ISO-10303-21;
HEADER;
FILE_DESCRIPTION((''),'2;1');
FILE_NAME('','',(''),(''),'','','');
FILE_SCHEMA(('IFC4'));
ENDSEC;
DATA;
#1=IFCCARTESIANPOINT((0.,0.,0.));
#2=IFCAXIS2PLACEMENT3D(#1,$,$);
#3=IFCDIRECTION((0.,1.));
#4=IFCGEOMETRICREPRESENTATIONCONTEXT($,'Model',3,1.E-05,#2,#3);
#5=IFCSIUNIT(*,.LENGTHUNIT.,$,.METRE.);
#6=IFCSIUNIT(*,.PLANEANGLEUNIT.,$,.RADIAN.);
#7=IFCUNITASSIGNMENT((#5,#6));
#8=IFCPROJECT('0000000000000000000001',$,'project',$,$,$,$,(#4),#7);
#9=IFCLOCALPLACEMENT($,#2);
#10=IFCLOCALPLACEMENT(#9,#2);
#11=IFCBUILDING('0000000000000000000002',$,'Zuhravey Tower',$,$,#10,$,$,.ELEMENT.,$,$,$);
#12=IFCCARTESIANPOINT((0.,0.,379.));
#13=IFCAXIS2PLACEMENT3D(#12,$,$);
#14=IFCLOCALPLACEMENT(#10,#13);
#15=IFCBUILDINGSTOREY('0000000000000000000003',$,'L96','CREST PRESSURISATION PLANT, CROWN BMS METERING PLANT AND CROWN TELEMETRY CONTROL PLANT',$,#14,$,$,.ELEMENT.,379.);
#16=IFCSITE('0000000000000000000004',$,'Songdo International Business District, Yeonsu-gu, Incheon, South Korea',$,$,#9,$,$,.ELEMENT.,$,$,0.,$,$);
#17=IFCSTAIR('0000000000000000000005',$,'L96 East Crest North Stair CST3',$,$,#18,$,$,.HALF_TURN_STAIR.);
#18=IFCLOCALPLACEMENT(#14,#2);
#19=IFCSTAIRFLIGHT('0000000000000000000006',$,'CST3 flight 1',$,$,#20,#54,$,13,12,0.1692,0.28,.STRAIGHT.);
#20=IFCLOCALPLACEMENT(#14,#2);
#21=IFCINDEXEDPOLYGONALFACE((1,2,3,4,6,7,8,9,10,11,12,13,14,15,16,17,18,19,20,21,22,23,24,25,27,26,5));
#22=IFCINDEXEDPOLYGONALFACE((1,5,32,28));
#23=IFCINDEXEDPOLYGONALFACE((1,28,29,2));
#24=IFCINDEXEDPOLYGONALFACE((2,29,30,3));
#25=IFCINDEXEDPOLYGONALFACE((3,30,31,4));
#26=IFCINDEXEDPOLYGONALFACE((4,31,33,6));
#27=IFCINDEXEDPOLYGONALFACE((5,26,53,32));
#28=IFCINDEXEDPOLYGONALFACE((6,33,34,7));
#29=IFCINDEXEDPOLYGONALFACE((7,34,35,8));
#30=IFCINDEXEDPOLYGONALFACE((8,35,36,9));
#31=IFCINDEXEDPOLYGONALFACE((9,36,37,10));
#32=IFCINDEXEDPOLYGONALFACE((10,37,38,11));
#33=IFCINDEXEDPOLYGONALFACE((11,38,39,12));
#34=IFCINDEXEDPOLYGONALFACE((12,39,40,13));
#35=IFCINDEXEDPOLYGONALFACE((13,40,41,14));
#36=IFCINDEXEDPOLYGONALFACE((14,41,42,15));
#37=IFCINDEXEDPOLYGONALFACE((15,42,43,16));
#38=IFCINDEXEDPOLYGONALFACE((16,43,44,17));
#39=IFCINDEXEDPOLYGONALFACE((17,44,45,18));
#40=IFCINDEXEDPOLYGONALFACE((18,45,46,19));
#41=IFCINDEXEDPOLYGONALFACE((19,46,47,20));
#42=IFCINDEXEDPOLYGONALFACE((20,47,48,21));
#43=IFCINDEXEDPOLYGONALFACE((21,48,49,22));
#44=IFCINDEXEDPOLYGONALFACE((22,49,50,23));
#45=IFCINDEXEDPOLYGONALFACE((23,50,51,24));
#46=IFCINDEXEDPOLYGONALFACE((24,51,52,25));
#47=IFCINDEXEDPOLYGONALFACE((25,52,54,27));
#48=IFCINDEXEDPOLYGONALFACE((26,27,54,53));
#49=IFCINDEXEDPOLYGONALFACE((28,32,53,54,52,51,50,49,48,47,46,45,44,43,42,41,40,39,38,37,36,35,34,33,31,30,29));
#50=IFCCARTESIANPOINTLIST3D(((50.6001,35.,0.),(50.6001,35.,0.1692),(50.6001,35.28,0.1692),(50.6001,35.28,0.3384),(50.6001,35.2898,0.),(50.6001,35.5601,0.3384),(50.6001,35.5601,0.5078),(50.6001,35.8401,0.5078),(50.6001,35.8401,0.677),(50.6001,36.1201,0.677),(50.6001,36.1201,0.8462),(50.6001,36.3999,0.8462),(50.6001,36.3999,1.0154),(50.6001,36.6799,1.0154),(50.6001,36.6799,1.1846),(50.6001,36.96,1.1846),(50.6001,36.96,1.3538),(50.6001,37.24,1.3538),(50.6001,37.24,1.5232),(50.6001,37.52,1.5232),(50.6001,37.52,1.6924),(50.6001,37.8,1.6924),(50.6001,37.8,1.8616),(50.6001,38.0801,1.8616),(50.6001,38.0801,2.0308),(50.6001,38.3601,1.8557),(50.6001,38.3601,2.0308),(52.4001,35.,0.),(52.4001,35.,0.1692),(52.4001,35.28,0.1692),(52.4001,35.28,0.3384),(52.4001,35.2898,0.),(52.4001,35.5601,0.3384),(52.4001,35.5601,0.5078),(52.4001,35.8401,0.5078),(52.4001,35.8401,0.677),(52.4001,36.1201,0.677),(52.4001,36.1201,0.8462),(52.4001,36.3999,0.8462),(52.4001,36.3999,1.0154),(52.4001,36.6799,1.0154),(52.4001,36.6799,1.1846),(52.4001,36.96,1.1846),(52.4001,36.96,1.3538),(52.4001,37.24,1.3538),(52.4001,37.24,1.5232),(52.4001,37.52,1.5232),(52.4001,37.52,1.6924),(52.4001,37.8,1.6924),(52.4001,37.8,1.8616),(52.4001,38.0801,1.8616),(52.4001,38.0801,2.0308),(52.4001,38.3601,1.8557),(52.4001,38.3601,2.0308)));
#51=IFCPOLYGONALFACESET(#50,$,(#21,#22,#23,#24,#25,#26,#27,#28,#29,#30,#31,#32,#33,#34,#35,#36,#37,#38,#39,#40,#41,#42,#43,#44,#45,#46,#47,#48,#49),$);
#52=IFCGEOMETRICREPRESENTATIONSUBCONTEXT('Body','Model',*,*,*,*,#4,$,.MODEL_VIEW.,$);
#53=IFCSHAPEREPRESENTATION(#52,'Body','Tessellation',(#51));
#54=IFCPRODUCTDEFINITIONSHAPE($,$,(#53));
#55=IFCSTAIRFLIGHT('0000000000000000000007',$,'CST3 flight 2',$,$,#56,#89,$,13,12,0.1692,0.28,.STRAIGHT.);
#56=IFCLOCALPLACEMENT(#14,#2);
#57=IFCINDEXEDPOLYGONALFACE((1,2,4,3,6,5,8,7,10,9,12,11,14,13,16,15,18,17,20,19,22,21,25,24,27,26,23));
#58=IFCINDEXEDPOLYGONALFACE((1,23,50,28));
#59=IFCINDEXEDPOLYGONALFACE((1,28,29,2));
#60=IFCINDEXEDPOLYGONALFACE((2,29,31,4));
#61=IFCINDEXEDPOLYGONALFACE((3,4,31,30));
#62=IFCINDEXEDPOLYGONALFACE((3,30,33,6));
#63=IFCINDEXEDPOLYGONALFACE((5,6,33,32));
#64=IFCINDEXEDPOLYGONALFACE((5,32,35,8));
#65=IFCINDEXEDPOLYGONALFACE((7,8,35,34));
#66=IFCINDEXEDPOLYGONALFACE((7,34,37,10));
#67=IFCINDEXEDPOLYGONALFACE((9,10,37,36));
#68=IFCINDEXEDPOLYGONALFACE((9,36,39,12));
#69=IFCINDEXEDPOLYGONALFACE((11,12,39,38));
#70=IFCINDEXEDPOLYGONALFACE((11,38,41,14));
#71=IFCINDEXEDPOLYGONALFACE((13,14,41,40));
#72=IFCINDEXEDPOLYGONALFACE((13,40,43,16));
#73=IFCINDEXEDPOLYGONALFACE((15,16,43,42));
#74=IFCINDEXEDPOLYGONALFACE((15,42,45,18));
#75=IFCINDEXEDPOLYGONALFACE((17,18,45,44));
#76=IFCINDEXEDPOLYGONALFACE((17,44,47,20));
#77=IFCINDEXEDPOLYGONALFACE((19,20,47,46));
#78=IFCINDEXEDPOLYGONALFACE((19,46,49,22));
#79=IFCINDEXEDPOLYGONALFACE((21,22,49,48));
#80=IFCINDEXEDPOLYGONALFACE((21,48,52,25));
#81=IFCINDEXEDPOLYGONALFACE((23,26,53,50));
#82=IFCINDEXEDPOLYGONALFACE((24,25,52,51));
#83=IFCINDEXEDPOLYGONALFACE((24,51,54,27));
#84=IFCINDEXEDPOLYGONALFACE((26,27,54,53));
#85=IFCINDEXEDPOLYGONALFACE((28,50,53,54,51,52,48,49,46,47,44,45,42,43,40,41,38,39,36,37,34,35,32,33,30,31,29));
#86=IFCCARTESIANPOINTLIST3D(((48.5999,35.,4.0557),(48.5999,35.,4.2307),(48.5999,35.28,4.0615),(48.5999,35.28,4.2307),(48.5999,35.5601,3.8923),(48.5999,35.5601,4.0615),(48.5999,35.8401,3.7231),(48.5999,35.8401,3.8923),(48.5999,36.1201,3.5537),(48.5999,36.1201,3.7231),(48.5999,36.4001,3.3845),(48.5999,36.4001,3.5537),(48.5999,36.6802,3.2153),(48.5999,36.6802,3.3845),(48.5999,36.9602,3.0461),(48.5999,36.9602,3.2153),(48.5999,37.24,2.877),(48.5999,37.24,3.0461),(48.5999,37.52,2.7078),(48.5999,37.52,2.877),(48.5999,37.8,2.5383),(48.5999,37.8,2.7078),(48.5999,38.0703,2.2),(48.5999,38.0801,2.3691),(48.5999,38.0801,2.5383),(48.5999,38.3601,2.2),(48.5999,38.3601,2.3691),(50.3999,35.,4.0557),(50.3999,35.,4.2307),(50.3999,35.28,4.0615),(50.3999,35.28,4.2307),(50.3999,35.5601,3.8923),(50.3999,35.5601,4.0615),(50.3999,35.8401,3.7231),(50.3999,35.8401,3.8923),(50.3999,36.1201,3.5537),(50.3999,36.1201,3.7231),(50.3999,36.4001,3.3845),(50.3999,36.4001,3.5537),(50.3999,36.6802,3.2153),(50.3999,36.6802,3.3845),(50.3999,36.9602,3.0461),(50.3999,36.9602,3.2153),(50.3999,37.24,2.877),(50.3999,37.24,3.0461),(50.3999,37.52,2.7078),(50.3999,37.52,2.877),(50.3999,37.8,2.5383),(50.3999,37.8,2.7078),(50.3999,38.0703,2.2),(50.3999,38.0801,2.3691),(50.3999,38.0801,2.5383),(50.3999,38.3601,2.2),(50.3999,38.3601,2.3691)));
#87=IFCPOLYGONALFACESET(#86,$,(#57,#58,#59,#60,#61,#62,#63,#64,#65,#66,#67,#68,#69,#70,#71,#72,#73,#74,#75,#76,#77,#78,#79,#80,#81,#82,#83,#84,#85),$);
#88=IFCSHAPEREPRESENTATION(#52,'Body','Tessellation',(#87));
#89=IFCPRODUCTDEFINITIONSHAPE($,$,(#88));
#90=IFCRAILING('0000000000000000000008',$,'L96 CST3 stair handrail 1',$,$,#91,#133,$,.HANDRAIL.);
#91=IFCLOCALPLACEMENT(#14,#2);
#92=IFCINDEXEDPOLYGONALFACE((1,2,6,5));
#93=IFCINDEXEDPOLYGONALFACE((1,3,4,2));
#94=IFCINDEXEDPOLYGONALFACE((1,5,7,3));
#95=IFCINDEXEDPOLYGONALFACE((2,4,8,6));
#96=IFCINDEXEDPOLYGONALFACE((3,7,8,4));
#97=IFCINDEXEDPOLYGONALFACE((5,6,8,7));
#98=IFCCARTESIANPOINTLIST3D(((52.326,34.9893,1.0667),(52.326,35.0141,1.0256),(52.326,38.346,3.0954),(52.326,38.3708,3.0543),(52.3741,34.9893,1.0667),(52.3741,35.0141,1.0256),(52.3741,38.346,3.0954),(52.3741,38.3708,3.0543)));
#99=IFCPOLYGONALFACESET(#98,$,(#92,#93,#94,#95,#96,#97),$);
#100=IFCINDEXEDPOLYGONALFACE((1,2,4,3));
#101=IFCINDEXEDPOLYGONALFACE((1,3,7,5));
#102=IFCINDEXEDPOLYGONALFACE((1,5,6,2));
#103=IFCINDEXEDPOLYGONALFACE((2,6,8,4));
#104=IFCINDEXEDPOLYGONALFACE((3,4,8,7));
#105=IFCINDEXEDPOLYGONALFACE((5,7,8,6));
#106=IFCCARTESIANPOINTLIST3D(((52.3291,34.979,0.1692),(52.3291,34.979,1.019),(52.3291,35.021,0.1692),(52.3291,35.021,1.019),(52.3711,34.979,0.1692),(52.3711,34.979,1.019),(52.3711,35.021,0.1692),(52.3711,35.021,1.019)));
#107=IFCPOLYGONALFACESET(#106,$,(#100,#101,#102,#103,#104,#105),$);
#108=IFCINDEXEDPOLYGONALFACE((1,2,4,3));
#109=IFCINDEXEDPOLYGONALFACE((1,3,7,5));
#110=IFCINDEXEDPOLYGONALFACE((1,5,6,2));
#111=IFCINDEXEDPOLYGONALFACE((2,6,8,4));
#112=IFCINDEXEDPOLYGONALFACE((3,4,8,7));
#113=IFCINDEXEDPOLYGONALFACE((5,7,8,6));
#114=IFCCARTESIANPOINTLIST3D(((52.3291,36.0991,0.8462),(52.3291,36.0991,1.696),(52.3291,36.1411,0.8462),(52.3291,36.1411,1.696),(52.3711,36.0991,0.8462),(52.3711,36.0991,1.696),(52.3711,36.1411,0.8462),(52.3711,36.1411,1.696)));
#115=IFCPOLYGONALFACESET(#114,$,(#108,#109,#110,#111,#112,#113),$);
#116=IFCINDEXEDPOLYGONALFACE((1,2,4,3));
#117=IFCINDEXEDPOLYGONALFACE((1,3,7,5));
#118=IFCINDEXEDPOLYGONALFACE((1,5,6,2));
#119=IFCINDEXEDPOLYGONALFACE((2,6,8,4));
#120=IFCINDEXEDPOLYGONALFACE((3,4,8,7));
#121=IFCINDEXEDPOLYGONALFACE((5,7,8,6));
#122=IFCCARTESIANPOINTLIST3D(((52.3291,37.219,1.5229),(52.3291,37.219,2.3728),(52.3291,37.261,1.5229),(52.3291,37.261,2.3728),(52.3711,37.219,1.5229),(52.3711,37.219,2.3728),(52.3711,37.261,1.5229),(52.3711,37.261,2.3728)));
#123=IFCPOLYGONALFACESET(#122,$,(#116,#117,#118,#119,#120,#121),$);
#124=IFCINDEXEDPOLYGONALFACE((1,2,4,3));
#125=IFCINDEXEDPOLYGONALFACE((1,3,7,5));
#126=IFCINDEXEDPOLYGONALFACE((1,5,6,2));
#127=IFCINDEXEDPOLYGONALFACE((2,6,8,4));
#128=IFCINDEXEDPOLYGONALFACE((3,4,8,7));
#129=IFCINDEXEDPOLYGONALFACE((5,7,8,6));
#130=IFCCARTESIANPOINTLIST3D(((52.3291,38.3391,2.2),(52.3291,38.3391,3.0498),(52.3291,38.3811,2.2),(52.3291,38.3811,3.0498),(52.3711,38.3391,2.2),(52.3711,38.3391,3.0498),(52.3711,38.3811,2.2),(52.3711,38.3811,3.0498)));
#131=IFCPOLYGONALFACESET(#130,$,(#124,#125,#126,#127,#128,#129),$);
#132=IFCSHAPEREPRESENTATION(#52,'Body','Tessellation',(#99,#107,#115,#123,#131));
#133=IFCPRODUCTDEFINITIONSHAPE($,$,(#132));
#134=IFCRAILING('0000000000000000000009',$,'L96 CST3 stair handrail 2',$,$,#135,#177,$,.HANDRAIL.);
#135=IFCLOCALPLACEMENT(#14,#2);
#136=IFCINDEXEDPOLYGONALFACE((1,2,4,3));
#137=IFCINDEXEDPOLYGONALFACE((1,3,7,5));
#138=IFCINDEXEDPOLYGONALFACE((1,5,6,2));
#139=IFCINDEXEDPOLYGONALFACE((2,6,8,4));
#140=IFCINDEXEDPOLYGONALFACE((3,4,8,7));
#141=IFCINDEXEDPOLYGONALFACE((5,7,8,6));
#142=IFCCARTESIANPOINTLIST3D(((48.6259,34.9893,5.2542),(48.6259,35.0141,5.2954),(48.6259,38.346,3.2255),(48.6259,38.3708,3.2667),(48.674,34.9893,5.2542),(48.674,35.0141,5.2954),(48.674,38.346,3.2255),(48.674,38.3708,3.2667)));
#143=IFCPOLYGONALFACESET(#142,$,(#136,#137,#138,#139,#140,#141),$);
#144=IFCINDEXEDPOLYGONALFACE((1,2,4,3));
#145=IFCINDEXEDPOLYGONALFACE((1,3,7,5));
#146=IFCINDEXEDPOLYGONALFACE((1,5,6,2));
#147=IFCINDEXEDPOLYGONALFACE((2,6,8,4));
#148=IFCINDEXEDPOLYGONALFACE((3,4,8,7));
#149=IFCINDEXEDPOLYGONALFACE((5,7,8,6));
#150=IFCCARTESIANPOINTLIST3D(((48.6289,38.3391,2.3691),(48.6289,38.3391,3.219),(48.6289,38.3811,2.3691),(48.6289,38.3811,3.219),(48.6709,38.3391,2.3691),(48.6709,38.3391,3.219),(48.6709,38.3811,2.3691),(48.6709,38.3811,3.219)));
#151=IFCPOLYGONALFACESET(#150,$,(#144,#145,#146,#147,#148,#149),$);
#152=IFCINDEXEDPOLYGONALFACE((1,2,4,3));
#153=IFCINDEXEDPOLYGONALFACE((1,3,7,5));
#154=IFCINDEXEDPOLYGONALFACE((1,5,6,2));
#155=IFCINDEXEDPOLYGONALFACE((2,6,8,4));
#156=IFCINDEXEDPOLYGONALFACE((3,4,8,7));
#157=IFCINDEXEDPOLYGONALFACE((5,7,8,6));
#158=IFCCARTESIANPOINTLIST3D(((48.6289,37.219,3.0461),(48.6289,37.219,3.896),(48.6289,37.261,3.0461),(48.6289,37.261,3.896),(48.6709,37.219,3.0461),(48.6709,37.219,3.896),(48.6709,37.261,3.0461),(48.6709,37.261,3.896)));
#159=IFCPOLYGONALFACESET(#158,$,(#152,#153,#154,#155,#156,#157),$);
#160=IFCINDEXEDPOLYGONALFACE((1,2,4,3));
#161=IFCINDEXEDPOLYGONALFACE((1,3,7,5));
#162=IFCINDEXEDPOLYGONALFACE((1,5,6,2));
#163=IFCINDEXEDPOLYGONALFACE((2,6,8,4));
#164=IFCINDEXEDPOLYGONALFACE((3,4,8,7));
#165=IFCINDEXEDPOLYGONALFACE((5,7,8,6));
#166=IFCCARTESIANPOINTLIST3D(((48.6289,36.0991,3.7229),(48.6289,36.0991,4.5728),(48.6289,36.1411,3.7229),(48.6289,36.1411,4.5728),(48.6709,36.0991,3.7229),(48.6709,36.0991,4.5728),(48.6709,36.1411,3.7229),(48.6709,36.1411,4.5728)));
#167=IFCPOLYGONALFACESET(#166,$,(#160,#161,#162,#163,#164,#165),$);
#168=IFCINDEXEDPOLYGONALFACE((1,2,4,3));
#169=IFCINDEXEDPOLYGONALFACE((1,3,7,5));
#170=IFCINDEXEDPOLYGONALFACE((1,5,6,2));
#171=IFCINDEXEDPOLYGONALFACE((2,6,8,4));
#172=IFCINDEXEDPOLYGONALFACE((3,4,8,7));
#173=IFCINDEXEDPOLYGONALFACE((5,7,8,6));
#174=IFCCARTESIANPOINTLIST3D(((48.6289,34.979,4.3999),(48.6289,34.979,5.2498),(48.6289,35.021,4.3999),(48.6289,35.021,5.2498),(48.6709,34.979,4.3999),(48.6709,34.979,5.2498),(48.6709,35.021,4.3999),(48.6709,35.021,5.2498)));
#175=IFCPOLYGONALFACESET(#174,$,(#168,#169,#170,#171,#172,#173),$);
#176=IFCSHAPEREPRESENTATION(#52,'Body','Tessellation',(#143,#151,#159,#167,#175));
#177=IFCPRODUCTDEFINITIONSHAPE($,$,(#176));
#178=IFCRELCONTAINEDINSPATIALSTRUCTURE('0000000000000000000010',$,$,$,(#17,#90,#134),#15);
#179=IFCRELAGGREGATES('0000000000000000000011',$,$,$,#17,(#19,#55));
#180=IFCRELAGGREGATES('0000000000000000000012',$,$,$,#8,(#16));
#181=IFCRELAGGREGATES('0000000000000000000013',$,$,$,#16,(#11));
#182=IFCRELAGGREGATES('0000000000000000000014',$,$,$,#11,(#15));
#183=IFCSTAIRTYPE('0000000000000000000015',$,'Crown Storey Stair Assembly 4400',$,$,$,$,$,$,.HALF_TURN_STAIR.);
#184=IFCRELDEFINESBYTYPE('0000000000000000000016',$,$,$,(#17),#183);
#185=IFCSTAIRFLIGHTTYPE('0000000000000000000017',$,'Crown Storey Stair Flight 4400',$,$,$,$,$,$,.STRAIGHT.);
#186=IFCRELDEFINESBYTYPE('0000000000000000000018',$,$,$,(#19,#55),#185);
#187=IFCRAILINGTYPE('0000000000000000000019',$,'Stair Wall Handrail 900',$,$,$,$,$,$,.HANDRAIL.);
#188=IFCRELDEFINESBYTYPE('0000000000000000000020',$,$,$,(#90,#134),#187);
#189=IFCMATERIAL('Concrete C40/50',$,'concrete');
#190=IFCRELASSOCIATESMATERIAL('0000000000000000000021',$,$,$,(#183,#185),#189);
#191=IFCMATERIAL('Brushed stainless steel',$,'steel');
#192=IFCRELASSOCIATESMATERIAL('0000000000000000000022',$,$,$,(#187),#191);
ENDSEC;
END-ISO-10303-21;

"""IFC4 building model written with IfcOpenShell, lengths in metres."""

from ifc_helpers import new_model, si_unit, direction, frame, origin, origin_2d, place, context, subcontext, project, spatial, polyline, rectangle, outline, extrude, material, type_object, element, aggregate, save


model = new_model("IFC4")

# Units and contexts
model_context = context("Model", 3, precision=1e-05, world=origin(), true_north=direction((0.0, 1.0)))
body_context = subcontext(model_context, "Body", "Model", "MODEL_VIEW")
ifc_project = project(units=[si_unit("LENGTHUNIT", "METRE"), si_unit("PLANEANGLEUNIT", "RADIAN")], contexts=[model_context])

# Site, building, storey
site_placement = place(None, origin())
site = spatial("IfcSite", under=ifc_project, at=site_placement, Name="Songdo International Business District, Yeonsu-gu, Incheon, South Korea", CompositionType="ELEMENT", RefElevation=0.0)
building_placement = place(site_placement, origin())
building = spatial("IfcBuilding", under=site, at=building_placement, Name="Zuhravey Tower", CompositionType="ELEMENT")
storey_placement = place(building_placement, frame((0.0, 0.0, 379.0)))
storey = spatial("IfcBuildingStorey", under=building, at=storey_placement, Name="L96", Description="CREST PRESSURISATION PLANT, CROWN BMS METERING PLANT AND CROWN TELEMETRY CONTROL PLANT", CompositionType="ELEMENT", Elevation=379.0)

# Stair, stair flights
ifc_material_1 = material(Name="Concrete C40/50", Category="concrete")
stair_type = type_object("IfcStairType", Name="Crown Storey Stair Assembly 4400", PredefinedType="HALF_TURN_STAIR", material=ifc_material_1)
stair_placement = place(storey_placement, origin())
stair = element("IfcStair", 1, at=stair_placement, inside=storey, type_object=stair_type, Name="L96 East Crest North Stair CST3", PredefinedType="HALF_TURN_STAIR")
stair_flight_type = type_object("IfcStairFlightType", Name="Crown Storey Stair Flight 4400", PredefinedType="STRAIGHT", material=ifc_material_1)
stair_flight_1_placement = place(storey_placement, frame((51.5, 35.0, 0.0), z_axis=(0.0, 0.0, 1.0), x_axis=(0.0, 1.0, 0.0)))
stair_flight_1 = element("IfcStairFlight", 2, at=stair_flight_1_placement, type_object=stair_flight_type, Name="CST3 flight 1", NumberOfRisers=13, NumberOfTreads=12, PredefinedType="STRAIGHT", RiserHeight=0.1692, TreadLength=0.28, context=body_context, shape_type="SweptSolid", body=[
    extrude(outline(polyline([(0.0, 0.0), (0.0, 0.1692), (0.28, 0.1692), (0.28, 0.3384), (0.5601, 0.3384), (0.5601, 0.5078), (0.8401, 0.5078), (0.8401, 0.677), (1.1201, 0.677), (1.1201, 0.8462), (1.3999, 0.8462), (1.3999, 1.0154), (1.6799, 1.0154), (1.6799, 1.1846), (1.96, 1.1846), (1.96, 1.3538), (2.24, 1.3538), (2.24, 1.5232), (2.52, 1.5232), (2.52, 1.6924), (2.8, 1.6924), (2.8, 1.8616), (3.0801, 1.8616), (3.0801, 2.0308), (3.3601, 2.0308), (3.3601, 2.2), (3.3601, 1.8557), (0.2898, 0.0), (0.0, 0.0)])), frame((0.0, 0.8999, 0.0), z_axis=(0.0, -1.0, 0.0), x_axis=(1.0, 0.0, 0.0)), (0.0, 0.0, 1.0), 1.8),
])
stair_flight_2_placement = place(storey_placement, frame((49.5, 38.3601, 2.2), z_axis=(0.0, 0.0, 1.0), x_axis=(0.0, -1.0, 0.0)))
stair_flight_2 = element("IfcStairFlight", 3, at=stair_flight_2_placement, type_object=stair_flight_type, Name="CST3 flight 2", NumberOfRisers=13, NumberOfTreads=12, PredefinedType="STRAIGHT", RiserHeight=0.1692, TreadLength=0.28, context=body_context, shape_type="SweptSolid", body=[
    extrude(outline(polyline([(0.0, 0.0), (0.0, 0.1692), (0.28, 0.1692), (0.28, 0.3384), (0.5601, 0.3384), (0.5601, 0.5078), (0.8401, 0.5078), (0.8401, 0.677), (1.1201, 0.677), (1.1201, 0.8462), (1.3999, 0.8462), (1.3999, 1.0154), (1.6799, 1.0154), (1.6799, 1.1846), (1.96, 1.1846), (1.96, 1.3538), (2.24, 1.3538), (2.24, 1.5232), (2.52, 1.5232), (2.52, 1.6924), (2.8, 1.6924), (2.8, 1.8616), (3.0801, 1.8616), (3.0801, 2.0308), (3.3601, 2.0308), (3.3601, 2.2), (3.3601, 1.8557), (0.2898, 0.0), (0.0, 0.0)])), frame((0.0, 0.8999, 0.0), z_axis=(0.0, -1.0, 0.0), x_axis=(1.0, 0.0, 0.0)), (0.0, 0.0, 1.0), 1.8),
])
aggregate(stair, [stair_flight_1, stair_flight_2])

# Railings
ifc_material_2 = material(Name="Brushed stainless steel", Category="steel")
railing_type_1 = type_object("IfcRailingType", Name="Stair Wall Handrail 900", PredefinedType="HANDRAIL", material=ifc_material_2)
railing_1_placement = place(storey_placement, frame((52.3501, 35.0, 0.1692)))
element("IfcRailing", 4, at=railing_1_placement, inside=storey, type_object=railing_type_1, Name="L96 CST3 stair handrail 1", PredefinedType="HANDRAIL", context=body_context, shape_type="SweptSolid", body=[
    extrude(rectangle(XDim=0.0481, YDim=0.0481, at=origin_2d()), frame((0.0, 0.0017, 0.877), z_axis=(0.0, 0.855837, 0.517246), x_axis=(-1.0, 0.0, 0.0)), (0.0, 0.0, 1.0), 3.9221),
    extrude(rectangle(XDim=0.042, YDim=0.042, at=origin_2d()), origin(), (0.0, 0.0, 1.0), 0.8499),
    extrude(rectangle(XDim=0.042, YDim=0.042, at=origin_2d()), frame((0.0, 1.1201, 0.677)), (0.0, 0.0, 1.0), 0.8499),
    extrude(rectangle(XDim=0.042, YDim=0.042, at=origin_2d()), frame((0.0, 2.24, 1.3538)), (0.0, 0.0, 1.0), 0.8499),
    extrude(rectangle(XDim=0.042, YDim=0.042, at=origin_2d()), frame((0.0, 3.3601, 2.0308)), (0.0, 0.0, 1.0), 0.8499),
])
railing_2_placement = place(storey_placement, frame((48.6499, 38.3601, 2.3691)))
element("IfcRailing", 5, at=railing_2_placement, inside=storey, type_object=railing_type_1, Name="L96 CST3 stair handrail 2", PredefinedType="HANDRAIL", context=body_context, shape_type="SweptSolid", body=[
    extrude(rectangle(XDim=0.0481, YDim=0.0481, at=origin_2d()), frame((0.0, -0.0017, 0.877), z_axis=(0.0, -0.855837, 0.517246), x_axis=(1.0, 0.0, 0.0)), (0.0, 0.0, 1.0), 3.9221),
    extrude(rectangle(XDim=0.042, YDim=0.042, at=origin_2d()), origin(), (0.0, 0.0, 1.0), 0.8499),
    extrude(rectangle(XDim=0.042, YDim=0.042, at=origin_2d()), frame((0.0, -1.1201, 0.677)), (0.0, 0.0, 1.0), 0.8499),
    extrude(rectangle(XDim=0.042, YDim=0.042, at=origin_2d()), frame((0.0, -2.24, 1.3538)), (0.0, 0.0, 1.0), 0.8499),
    extrude(rectangle(XDim=0.042, YDim=0.042, at=origin_2d()), frame((0.0, -3.3601, 2.0308)), (0.0, 0.0, 1.0), 0.8499),
])

save(model, "model.ifc")
